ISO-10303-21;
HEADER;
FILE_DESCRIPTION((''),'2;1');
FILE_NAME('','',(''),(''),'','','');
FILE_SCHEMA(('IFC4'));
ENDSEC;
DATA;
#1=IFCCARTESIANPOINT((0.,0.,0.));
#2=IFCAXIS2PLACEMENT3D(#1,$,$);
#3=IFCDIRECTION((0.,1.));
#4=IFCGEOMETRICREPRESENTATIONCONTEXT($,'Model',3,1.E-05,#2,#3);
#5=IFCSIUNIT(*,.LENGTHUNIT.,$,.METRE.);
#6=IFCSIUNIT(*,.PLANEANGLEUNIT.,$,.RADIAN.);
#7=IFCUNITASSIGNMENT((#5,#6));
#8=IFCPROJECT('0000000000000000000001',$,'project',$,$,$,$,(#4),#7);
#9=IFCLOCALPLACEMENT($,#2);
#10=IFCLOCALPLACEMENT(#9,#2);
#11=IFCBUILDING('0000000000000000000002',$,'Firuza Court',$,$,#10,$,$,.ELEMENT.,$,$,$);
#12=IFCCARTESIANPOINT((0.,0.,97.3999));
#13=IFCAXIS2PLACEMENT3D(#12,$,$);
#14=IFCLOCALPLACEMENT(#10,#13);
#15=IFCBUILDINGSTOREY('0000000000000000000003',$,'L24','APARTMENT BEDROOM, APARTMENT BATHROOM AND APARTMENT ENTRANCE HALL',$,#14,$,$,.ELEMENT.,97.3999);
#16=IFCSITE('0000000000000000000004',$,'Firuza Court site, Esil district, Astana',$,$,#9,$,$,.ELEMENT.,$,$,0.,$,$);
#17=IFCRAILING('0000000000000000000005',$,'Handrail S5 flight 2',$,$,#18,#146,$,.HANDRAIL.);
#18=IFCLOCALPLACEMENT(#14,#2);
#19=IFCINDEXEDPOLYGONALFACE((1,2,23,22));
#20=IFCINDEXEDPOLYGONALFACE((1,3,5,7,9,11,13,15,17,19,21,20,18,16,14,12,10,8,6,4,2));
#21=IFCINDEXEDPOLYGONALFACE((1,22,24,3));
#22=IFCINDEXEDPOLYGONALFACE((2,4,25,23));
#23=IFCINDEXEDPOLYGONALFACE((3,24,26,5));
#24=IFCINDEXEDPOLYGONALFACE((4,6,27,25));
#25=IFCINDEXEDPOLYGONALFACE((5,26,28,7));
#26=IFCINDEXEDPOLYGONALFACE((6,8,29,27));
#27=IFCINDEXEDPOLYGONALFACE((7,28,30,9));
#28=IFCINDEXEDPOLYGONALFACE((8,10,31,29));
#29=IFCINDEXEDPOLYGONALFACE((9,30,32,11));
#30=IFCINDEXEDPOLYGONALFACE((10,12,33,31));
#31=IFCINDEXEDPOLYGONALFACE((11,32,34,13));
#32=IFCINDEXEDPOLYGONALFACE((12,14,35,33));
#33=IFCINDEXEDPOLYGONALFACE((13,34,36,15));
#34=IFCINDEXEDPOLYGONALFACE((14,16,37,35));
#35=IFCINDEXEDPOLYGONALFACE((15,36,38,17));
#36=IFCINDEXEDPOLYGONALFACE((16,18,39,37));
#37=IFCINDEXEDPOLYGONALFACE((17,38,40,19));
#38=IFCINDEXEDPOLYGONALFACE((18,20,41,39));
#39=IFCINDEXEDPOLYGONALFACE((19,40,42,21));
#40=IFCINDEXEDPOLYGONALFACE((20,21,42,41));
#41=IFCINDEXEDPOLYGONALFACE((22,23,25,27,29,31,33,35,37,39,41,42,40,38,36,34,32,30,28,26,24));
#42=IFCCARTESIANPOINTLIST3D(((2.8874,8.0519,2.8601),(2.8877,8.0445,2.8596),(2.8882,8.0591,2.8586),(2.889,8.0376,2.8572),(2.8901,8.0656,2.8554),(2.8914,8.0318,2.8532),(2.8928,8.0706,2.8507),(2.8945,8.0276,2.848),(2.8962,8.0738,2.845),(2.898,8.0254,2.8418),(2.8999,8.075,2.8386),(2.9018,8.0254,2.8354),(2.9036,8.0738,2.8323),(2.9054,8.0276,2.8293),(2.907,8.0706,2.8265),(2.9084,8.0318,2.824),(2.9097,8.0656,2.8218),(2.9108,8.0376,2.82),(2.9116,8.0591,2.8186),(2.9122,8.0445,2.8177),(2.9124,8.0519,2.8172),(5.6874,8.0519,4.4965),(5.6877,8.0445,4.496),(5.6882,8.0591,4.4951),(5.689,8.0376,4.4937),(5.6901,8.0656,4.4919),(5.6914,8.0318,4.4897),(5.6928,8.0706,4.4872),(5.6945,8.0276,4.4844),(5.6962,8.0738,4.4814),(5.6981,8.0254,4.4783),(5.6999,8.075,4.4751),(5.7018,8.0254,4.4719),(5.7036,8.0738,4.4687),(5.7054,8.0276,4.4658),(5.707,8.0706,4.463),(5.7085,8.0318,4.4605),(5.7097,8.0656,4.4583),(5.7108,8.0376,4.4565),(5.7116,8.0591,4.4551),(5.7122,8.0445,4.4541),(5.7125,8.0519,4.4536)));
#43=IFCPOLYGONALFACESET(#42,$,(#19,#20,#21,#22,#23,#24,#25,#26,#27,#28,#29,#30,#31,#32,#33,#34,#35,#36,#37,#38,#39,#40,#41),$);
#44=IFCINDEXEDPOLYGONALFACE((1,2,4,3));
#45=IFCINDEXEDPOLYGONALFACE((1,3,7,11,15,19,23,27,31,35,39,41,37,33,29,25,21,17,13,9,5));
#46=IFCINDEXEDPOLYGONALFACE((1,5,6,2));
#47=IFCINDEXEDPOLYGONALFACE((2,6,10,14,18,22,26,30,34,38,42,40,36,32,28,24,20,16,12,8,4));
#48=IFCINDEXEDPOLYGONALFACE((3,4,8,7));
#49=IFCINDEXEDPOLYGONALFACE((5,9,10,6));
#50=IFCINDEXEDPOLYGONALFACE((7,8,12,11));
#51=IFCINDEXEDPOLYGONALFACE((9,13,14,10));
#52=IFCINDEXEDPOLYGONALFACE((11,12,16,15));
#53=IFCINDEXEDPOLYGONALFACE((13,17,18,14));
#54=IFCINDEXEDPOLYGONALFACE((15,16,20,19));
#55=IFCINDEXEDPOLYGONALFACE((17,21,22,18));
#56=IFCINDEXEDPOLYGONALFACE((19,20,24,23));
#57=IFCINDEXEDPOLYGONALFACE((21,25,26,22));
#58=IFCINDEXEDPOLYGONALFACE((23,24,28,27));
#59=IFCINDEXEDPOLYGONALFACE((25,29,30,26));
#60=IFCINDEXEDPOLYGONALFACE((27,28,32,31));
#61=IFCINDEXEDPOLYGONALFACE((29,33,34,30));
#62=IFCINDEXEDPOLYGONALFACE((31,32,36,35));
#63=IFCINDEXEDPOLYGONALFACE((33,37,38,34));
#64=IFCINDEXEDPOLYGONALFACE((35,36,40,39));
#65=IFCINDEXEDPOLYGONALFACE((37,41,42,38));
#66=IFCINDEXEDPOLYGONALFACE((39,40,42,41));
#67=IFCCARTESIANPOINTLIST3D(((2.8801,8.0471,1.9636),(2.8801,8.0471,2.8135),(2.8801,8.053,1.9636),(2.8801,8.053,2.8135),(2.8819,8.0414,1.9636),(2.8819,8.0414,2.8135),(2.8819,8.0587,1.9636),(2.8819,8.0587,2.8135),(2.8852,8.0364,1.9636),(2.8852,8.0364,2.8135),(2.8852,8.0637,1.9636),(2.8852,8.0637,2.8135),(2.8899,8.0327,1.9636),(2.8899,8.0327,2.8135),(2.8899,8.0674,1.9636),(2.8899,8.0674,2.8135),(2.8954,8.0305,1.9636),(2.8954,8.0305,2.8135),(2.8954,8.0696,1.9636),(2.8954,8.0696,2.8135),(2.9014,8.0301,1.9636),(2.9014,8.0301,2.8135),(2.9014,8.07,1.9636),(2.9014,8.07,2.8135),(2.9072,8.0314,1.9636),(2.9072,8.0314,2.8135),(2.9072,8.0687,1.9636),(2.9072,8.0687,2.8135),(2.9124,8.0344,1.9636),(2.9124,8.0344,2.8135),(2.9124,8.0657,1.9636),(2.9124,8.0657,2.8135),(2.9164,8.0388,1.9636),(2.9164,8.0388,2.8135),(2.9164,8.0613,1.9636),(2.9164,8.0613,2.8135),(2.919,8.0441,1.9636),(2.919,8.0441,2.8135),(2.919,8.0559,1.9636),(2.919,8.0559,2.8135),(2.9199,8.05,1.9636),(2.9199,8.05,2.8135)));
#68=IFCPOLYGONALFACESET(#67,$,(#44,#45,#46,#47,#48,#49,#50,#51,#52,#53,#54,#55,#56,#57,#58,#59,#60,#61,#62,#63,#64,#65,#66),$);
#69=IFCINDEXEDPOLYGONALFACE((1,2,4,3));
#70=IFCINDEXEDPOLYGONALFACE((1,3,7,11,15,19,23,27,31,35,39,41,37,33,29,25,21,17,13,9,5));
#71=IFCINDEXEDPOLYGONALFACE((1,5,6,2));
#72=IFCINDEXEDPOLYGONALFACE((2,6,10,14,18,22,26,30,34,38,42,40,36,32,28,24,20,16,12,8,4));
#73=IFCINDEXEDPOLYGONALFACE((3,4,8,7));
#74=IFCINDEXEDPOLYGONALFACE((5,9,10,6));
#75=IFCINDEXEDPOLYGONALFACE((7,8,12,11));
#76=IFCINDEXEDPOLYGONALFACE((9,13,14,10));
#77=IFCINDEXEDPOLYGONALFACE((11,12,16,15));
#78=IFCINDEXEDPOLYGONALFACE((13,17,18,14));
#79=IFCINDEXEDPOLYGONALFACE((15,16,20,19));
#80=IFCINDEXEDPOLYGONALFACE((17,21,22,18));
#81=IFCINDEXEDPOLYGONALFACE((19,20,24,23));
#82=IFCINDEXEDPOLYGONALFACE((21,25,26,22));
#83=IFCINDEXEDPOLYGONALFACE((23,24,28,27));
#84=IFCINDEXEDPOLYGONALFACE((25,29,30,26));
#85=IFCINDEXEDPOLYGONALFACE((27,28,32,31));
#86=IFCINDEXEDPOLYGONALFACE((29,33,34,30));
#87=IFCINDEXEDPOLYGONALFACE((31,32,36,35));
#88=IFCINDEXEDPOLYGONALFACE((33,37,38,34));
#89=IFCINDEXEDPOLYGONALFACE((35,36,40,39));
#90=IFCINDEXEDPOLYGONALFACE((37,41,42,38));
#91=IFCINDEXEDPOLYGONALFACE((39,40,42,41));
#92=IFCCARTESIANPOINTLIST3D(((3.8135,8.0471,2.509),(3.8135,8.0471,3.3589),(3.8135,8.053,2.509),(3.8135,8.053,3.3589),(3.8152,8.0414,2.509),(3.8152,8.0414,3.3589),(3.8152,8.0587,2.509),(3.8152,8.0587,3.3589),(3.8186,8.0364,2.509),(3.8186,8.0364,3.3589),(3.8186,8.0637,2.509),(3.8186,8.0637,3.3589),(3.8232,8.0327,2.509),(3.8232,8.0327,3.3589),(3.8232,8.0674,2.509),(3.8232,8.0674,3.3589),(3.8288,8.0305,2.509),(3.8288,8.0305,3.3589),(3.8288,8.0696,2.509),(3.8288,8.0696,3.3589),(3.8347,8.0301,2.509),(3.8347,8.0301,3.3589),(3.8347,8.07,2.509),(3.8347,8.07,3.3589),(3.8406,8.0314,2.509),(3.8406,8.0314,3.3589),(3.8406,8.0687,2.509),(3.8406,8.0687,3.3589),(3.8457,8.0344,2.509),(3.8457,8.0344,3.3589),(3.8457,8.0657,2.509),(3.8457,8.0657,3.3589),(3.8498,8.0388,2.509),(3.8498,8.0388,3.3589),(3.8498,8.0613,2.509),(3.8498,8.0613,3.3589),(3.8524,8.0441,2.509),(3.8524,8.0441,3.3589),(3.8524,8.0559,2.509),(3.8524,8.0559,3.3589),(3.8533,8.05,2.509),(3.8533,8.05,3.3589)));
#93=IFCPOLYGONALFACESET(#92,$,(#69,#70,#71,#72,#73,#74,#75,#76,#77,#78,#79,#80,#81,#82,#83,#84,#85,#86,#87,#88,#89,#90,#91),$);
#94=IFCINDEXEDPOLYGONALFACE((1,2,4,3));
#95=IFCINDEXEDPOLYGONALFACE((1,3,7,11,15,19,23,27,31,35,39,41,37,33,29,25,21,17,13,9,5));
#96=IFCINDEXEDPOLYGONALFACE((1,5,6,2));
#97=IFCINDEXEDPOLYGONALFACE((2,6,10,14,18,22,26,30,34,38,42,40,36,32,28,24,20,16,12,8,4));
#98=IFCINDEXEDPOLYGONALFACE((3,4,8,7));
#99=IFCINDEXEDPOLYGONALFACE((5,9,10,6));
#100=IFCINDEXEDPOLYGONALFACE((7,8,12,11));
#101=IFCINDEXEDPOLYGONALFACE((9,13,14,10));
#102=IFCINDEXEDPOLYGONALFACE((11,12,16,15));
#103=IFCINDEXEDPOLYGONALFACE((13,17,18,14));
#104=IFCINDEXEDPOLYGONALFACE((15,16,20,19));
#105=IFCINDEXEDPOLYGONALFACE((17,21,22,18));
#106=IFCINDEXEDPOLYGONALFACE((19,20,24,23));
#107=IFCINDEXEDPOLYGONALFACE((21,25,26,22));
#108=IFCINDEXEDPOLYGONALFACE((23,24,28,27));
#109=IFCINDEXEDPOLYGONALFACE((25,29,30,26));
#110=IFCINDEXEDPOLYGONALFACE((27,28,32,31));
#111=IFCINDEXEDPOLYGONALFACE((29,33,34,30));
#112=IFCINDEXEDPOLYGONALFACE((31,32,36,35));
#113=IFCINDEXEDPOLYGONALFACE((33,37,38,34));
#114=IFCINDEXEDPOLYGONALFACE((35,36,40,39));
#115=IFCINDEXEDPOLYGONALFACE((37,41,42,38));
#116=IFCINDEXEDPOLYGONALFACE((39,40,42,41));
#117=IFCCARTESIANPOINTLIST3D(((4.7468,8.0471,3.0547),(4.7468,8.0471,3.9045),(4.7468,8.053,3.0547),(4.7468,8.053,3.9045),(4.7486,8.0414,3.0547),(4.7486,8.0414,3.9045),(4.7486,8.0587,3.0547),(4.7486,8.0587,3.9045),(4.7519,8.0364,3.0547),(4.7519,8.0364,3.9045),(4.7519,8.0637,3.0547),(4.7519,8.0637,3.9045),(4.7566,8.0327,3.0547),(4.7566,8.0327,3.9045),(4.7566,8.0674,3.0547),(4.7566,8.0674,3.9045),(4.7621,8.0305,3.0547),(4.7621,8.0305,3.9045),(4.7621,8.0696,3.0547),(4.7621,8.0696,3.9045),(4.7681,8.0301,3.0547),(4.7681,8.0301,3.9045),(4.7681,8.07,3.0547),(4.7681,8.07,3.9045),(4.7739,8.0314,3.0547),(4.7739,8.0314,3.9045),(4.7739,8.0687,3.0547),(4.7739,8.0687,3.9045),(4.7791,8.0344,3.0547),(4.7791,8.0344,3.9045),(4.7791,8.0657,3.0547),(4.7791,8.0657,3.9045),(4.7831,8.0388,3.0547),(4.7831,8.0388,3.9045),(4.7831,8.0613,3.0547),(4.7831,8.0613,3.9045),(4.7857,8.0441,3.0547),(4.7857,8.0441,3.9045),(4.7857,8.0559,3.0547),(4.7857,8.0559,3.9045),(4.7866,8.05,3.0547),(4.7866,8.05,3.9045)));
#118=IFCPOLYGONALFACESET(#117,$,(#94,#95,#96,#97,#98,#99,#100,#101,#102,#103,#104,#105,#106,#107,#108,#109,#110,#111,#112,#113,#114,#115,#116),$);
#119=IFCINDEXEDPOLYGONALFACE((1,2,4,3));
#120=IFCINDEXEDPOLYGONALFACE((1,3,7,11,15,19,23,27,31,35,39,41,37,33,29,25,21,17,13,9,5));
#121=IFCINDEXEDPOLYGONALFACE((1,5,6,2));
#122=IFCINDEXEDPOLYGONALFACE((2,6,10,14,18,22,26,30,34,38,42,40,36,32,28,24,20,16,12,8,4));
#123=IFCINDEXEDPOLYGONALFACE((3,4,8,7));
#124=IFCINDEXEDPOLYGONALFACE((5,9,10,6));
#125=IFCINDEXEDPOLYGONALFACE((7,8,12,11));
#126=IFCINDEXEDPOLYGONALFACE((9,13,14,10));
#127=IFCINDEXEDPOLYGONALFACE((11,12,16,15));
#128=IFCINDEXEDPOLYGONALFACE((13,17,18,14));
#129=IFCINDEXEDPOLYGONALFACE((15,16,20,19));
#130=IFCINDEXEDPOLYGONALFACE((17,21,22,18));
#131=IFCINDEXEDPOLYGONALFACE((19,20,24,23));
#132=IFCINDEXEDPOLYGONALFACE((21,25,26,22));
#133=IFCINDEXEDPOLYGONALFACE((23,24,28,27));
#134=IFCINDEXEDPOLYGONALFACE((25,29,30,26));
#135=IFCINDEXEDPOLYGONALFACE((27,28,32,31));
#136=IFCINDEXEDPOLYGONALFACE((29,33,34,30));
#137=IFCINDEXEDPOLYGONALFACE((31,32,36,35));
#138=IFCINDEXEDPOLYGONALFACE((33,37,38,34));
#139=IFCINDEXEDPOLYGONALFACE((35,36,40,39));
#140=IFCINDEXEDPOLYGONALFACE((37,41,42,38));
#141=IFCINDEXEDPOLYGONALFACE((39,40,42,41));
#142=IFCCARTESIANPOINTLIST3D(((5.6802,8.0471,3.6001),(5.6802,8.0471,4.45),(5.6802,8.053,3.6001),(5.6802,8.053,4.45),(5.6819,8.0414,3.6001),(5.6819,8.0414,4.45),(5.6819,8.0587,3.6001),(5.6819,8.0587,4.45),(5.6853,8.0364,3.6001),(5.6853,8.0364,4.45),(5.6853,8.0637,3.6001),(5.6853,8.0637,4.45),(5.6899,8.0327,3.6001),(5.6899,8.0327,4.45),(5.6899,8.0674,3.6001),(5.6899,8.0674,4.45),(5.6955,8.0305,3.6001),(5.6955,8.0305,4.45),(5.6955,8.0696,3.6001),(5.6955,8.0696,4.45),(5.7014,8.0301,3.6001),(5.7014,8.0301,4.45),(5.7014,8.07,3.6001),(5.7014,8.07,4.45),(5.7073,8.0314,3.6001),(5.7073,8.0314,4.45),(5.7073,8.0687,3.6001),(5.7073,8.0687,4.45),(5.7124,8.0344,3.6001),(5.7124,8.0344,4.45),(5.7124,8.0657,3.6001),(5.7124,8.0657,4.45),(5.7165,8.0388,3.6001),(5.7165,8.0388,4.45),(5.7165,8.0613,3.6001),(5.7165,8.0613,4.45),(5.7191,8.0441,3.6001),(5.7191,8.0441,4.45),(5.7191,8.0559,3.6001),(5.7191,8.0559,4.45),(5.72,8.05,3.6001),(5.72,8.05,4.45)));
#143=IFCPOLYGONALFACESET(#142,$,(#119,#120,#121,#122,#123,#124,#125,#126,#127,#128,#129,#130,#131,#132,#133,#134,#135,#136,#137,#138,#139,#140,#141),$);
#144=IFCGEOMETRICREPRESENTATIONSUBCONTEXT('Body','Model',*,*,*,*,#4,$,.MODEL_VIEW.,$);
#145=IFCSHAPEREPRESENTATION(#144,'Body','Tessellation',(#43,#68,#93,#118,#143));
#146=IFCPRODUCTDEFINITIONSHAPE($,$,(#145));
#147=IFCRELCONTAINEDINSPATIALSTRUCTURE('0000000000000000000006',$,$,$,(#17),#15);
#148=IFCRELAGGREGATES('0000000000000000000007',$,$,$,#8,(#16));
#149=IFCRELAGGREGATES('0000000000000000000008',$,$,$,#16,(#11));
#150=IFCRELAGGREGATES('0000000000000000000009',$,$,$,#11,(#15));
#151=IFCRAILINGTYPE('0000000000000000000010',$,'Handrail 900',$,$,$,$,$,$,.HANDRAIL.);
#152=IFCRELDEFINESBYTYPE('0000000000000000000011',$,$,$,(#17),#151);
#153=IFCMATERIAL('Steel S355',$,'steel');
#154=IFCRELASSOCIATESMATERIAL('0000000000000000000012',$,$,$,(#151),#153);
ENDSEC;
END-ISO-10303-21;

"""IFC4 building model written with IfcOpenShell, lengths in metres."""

from ifc_helpers import new_model, si_unit, direction, frame, origin, origin_2d, place, context, subcontext, project, spatial, circle, extrude, material, type_object, element, save


model = new_model("IFC4")

# Units and contexts
model_context = context("Model", 3, precision=1e-05, world=origin(), true_north=direction((0.0, 1.0)))
body_context = subcontext(model_context, "Body", "Model", "MODEL_VIEW")
ifc_project = project(units=[si_unit("LENGTHUNIT", "METRE"), si_unit("PLANEANGLEUNIT", "RADIAN")], contexts=[model_context])

# Site, building, storey
site_placement = place(None, origin())
site = spatial("IfcSite", under=ifc_project, at=site_placement, Name="Firuza Court site, Esil district, Astana", CompositionType="ELEMENT", RefElevation=0.0)
building_placement = place(site_placement, origin())
building = spatial("IfcBuilding", under=site, at=building_placement, Name="Firuza Court", CompositionType="ELEMENT")
storey_placement = place(building_placement, frame((0.0, 0.0, 97.3999)))
storey = spatial("IfcBuildingStorey", under=building, at=storey_placement, Name="L24", Description="APARTMENT BEDROOM, APARTMENT BATHROOM AND APARTMENT ENTRANCE HALL", CompositionType="ELEMENT", Elevation=97.3999)

# Railing
ifc_material_1 = material(Name="Steel S355", Category="steel")
railing_type_1 = type_object("IfcRailingType", Name="Handrail 900", PredefinedType="HANDRAIL", material=ifc_material_1)
railing_1_placement = place(storey_placement, frame((2.8999, 8.05, 1.9636)))
element("IfcRailing", 1, at=railing_1_placement, inside=storey, type_object=railing_type_1, Name="Handrail S5 flight 2", PredefinedType="HANDRAIL", context=body_context, shape_type="SweptSolid", body=[
    extrude(circle(Radius=0.0249, at=origin_2d()), frame((0.0, 0.0, 0.875), z_axis=(0.863361, 0.0, 0.504587), x_axis=(0.0, 1.0, 0.0)), (0.0, 0.0, 1.0), 3.2432),
    extrude(circle(Radius=0.02, at=origin_2d()), origin(), (0.0, 0.0, 1.0), 0.8499),
    extrude(circle(Radius=0.02, at=origin_2d()), frame((0.9333, 0.0, 0.5454)), (0.0, 0.0, 1.0), 0.8499),
    extrude(circle(Radius=0.02, at=origin_2d()), frame((1.8667, 0.0, 1.0911)), (0.0, 0.0, 1.0), 0.8499),
    extrude(circle(Radius=0.02, at=origin_2d()), frame((2.8, 0.0, 1.6365)), (0.0, 0.0, 1.0), 0.8499),
])

save(model, "model.ifc")
